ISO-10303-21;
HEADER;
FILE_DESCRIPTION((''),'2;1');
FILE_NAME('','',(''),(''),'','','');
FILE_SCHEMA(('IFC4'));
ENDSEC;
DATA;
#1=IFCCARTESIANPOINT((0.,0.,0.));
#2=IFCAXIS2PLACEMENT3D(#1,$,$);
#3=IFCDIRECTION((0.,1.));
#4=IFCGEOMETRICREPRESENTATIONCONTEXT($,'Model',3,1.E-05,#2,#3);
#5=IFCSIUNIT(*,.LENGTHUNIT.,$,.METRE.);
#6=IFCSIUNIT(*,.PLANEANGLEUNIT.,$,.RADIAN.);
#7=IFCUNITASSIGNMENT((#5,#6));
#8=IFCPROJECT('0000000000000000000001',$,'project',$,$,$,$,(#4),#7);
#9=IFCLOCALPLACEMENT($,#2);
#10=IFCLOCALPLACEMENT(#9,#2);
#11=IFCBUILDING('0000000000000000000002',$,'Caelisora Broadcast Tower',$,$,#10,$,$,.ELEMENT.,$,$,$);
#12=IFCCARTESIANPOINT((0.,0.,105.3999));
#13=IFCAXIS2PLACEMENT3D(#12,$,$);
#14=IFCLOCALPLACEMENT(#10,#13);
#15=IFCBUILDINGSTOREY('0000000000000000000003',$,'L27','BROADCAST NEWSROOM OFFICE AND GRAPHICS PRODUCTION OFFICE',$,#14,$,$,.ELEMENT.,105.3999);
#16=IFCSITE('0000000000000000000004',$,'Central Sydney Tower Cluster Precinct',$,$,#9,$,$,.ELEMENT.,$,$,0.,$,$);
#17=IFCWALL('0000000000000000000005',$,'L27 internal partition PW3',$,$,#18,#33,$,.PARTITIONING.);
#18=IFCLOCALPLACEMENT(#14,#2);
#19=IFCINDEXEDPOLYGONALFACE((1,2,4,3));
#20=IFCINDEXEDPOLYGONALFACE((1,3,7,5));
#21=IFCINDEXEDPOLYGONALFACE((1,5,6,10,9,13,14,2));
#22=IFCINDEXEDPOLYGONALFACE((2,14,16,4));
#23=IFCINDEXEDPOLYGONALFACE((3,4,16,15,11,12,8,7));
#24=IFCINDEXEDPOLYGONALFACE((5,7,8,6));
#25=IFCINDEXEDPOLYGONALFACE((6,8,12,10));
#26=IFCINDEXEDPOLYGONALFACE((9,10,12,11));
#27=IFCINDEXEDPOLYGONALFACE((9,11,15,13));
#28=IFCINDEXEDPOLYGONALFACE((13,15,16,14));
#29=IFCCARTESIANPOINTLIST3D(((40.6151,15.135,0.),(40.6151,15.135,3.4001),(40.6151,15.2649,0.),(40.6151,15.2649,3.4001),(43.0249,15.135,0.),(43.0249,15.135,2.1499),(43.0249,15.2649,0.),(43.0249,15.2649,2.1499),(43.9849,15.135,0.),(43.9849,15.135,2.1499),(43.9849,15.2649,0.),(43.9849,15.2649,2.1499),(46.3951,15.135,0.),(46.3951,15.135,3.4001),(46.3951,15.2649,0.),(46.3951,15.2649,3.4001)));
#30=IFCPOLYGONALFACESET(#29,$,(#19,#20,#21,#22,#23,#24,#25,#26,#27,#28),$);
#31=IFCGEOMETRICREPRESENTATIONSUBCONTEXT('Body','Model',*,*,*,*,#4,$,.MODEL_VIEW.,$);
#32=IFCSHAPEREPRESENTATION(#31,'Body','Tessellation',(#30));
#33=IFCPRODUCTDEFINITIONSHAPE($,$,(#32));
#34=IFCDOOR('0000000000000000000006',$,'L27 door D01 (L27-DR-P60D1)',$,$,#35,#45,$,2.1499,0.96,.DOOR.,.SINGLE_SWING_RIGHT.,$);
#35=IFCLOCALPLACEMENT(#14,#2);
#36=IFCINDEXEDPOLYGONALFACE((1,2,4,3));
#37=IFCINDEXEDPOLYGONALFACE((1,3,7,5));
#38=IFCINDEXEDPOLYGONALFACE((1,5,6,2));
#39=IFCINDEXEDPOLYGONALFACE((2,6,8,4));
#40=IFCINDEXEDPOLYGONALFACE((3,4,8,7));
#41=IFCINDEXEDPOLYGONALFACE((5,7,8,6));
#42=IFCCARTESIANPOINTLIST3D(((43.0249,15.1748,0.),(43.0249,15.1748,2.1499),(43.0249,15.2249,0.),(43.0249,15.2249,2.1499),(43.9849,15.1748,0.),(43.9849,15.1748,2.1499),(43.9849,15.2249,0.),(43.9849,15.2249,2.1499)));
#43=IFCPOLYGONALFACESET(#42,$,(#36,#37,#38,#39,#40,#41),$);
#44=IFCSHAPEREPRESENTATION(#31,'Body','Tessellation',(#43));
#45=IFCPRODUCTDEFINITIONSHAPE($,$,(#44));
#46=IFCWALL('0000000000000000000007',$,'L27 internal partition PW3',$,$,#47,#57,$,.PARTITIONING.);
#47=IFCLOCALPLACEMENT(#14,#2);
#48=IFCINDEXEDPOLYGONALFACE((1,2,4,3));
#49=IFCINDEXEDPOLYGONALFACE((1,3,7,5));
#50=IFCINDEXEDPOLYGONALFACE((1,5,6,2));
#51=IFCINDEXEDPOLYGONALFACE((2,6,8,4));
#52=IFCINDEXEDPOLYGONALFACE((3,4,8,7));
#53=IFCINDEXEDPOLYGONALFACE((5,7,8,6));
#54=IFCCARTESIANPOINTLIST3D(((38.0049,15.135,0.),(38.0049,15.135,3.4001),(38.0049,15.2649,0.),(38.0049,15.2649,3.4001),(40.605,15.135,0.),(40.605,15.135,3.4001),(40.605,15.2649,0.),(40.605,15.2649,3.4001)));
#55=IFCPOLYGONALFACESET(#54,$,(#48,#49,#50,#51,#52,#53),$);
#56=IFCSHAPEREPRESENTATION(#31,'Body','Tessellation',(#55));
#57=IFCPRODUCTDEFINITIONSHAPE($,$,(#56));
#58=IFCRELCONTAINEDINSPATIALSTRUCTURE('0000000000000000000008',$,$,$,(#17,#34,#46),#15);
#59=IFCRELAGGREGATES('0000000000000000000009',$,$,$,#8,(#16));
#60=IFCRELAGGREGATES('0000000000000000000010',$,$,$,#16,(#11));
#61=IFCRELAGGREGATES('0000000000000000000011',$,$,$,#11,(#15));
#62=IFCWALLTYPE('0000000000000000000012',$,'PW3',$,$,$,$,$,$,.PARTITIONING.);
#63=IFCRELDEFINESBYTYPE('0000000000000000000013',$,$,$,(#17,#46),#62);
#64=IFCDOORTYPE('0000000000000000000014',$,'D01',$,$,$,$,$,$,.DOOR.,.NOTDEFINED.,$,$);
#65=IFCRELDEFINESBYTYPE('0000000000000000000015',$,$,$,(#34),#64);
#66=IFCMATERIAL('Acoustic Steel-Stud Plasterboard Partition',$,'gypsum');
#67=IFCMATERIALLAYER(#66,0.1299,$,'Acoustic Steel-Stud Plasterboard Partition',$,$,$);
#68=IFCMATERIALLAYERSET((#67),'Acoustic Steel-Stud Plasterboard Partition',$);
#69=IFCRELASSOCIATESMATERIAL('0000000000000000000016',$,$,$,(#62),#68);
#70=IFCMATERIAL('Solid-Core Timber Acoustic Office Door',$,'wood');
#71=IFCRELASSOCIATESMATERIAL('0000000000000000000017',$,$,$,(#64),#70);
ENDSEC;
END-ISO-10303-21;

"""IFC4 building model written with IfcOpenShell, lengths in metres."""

from ifc_helpers import new_model, si_unit, direction, frame, frame_2d, origin, place, context, subcontext, project, spatial, rectangle, extrude, material, layer, layer_set, type_object, element, fill, save


model = new_model("IFC4")

# Units and contexts
model_context = context("Model", 3, precision=1e-05, world=origin(), true_north=direction((0.0, 1.0)))
body_context = subcontext(model_context, "Body", "Model", "MODEL_VIEW")
ifc_project = project(units=[si_unit("LENGTHUNIT", "METRE"), si_unit("PLANEANGLEUNIT", "RADIAN")], contexts=[model_context])

# Site, building, storey
site_placement = place(None, origin())
site = spatial("IfcSite", under=ifc_project, at=site_placement, Name="Central Sydney Tower Cluster Precinct", CompositionType="ELEMENT", RefElevation=0.0)
building_placement = place(site_placement, origin())
building = spatial("IfcBuilding", under=site, at=building_placement, Name="Caelisora Broadcast Tower", CompositionType="ELEMENT")
storey_placement = place(building_placement, frame((0.0, 0.0, 105.3999)))
storey = spatial("IfcBuildingStorey", under=building, at=storey_placement, Name="L27", Description="BROADCAST NEWSROOM OFFICE AND GRAPHICS PRODUCTION OFFICE", CompositionType="ELEMENT", Elevation=105.3999)

# Wall, opening, door
ifc_material_1 = material(Name="Acoustic Steel-Stud Plasterboard Partition", Category="gypsum")
ifc_layer_1 = layer(ifc_material_1, 0.1299, Name="Acoustic Steel-Stud Plasterboard Partition")
ifc_layer_set_1 = layer_set([ifc_layer_1], Name="Acoustic Steel-Stud Plasterboard Partition")
wall_type_1 = type_object("IfcWallType", Name="PW3", PredefinedType="PARTITIONING", material=ifc_layer_set_1)
wall_1_placement = place(storey_placement, frame((40.615, 15.2, 0.0), z_axis=(0.0, 0.0, 1.0), x_axis=(1.0, 0.0, 0.0)))
wall_1 = element("IfcWall", 1, at=wall_1_placement, inside=storey, type_object=wall_type_1, Name="L27 internal partition PW3", PredefinedType="PARTITIONING", context=body_context, shape_type="SweptSolid", body=[
    extrude(rectangle(XDim=5.78, YDim=0.1299, at=frame_2d((2.8901, 0.0))), origin(), (0.0, 0.0, 1.0), 3.4001),
])
opening_1_placement = place(wall_1_placement, frame((2.4099, 0.0, 0.0)))
opening_1 = element("IfcOpeningElement", 2, at=opening_1_placement, cuts=wall_1, PredefinedType="OPENING", context=body_context, shape_type="SweptSolid", body=[
    extrude(rectangle(XDim=0.96, YDim=2.1499, at=frame_2d((0.48, 1.075))), frame((0.0, 0.0769, 0.0), z_axis=(0.0, -1.0, 0.0), x_axis=(1.0, 0.0, 0.0)), (0.0, 0.0, 1.0), 0.1538),
])
ifc_material_2 = material(Name="Solid-Core Timber Acoustic Office Door", Category="wood")
door_type_1 = type_object("IfcDoorType", Name="D01", OperationType="NOTDEFINED", PredefinedType="DOOR", material=ifc_material_2)
door_1_placement = place(opening_1_placement, origin())
door_1 = element("IfcDoor", 3, at=door_1_placement, inside=storey, type_object=door_type_1, Name="L27 door D01 (L27-DR-P60D1)", OperationType="SINGLE_SWING_RIGHT", OverallHeight=2.1499, OverallWidth=0.96, PredefinedType="DOOR", context=body_context, shape_type="SweptSolid", body=[
    extrude(rectangle(XDim=0.96, YDim=2.1499, at=frame_2d((0.48, 1.075))), frame((0.0, 0.0249, 0.0), z_axis=(0.0, -1.0, 0.0), x_axis=(1.0, 0.0, 0.0)), (0.0, 0.0, 1.0), 0.05),
])
fill(opening_1, door_1)

# Wall
wall_2_placement = place(storey_placement, frame((38.0049, 15.2, 0.0), z_axis=(0.0, 0.0, 1.0), x_axis=(1.0, 0.0, 0.0)))
element("IfcWall", 4, at=wall_2_placement, inside=storey, type_object=wall_type_1, Name="L27 internal partition PW3", PredefinedType="PARTITIONING", context=body_context, shape_type="SweptSolid", body=[
    extrude(rectangle(XDim=2.6001, YDim=0.1299, at=frame_2d((1.3, 0.0))), origin(), (0.0, 0.0, 1.0), 3.4001),
])

save(model, "model.ifc")
